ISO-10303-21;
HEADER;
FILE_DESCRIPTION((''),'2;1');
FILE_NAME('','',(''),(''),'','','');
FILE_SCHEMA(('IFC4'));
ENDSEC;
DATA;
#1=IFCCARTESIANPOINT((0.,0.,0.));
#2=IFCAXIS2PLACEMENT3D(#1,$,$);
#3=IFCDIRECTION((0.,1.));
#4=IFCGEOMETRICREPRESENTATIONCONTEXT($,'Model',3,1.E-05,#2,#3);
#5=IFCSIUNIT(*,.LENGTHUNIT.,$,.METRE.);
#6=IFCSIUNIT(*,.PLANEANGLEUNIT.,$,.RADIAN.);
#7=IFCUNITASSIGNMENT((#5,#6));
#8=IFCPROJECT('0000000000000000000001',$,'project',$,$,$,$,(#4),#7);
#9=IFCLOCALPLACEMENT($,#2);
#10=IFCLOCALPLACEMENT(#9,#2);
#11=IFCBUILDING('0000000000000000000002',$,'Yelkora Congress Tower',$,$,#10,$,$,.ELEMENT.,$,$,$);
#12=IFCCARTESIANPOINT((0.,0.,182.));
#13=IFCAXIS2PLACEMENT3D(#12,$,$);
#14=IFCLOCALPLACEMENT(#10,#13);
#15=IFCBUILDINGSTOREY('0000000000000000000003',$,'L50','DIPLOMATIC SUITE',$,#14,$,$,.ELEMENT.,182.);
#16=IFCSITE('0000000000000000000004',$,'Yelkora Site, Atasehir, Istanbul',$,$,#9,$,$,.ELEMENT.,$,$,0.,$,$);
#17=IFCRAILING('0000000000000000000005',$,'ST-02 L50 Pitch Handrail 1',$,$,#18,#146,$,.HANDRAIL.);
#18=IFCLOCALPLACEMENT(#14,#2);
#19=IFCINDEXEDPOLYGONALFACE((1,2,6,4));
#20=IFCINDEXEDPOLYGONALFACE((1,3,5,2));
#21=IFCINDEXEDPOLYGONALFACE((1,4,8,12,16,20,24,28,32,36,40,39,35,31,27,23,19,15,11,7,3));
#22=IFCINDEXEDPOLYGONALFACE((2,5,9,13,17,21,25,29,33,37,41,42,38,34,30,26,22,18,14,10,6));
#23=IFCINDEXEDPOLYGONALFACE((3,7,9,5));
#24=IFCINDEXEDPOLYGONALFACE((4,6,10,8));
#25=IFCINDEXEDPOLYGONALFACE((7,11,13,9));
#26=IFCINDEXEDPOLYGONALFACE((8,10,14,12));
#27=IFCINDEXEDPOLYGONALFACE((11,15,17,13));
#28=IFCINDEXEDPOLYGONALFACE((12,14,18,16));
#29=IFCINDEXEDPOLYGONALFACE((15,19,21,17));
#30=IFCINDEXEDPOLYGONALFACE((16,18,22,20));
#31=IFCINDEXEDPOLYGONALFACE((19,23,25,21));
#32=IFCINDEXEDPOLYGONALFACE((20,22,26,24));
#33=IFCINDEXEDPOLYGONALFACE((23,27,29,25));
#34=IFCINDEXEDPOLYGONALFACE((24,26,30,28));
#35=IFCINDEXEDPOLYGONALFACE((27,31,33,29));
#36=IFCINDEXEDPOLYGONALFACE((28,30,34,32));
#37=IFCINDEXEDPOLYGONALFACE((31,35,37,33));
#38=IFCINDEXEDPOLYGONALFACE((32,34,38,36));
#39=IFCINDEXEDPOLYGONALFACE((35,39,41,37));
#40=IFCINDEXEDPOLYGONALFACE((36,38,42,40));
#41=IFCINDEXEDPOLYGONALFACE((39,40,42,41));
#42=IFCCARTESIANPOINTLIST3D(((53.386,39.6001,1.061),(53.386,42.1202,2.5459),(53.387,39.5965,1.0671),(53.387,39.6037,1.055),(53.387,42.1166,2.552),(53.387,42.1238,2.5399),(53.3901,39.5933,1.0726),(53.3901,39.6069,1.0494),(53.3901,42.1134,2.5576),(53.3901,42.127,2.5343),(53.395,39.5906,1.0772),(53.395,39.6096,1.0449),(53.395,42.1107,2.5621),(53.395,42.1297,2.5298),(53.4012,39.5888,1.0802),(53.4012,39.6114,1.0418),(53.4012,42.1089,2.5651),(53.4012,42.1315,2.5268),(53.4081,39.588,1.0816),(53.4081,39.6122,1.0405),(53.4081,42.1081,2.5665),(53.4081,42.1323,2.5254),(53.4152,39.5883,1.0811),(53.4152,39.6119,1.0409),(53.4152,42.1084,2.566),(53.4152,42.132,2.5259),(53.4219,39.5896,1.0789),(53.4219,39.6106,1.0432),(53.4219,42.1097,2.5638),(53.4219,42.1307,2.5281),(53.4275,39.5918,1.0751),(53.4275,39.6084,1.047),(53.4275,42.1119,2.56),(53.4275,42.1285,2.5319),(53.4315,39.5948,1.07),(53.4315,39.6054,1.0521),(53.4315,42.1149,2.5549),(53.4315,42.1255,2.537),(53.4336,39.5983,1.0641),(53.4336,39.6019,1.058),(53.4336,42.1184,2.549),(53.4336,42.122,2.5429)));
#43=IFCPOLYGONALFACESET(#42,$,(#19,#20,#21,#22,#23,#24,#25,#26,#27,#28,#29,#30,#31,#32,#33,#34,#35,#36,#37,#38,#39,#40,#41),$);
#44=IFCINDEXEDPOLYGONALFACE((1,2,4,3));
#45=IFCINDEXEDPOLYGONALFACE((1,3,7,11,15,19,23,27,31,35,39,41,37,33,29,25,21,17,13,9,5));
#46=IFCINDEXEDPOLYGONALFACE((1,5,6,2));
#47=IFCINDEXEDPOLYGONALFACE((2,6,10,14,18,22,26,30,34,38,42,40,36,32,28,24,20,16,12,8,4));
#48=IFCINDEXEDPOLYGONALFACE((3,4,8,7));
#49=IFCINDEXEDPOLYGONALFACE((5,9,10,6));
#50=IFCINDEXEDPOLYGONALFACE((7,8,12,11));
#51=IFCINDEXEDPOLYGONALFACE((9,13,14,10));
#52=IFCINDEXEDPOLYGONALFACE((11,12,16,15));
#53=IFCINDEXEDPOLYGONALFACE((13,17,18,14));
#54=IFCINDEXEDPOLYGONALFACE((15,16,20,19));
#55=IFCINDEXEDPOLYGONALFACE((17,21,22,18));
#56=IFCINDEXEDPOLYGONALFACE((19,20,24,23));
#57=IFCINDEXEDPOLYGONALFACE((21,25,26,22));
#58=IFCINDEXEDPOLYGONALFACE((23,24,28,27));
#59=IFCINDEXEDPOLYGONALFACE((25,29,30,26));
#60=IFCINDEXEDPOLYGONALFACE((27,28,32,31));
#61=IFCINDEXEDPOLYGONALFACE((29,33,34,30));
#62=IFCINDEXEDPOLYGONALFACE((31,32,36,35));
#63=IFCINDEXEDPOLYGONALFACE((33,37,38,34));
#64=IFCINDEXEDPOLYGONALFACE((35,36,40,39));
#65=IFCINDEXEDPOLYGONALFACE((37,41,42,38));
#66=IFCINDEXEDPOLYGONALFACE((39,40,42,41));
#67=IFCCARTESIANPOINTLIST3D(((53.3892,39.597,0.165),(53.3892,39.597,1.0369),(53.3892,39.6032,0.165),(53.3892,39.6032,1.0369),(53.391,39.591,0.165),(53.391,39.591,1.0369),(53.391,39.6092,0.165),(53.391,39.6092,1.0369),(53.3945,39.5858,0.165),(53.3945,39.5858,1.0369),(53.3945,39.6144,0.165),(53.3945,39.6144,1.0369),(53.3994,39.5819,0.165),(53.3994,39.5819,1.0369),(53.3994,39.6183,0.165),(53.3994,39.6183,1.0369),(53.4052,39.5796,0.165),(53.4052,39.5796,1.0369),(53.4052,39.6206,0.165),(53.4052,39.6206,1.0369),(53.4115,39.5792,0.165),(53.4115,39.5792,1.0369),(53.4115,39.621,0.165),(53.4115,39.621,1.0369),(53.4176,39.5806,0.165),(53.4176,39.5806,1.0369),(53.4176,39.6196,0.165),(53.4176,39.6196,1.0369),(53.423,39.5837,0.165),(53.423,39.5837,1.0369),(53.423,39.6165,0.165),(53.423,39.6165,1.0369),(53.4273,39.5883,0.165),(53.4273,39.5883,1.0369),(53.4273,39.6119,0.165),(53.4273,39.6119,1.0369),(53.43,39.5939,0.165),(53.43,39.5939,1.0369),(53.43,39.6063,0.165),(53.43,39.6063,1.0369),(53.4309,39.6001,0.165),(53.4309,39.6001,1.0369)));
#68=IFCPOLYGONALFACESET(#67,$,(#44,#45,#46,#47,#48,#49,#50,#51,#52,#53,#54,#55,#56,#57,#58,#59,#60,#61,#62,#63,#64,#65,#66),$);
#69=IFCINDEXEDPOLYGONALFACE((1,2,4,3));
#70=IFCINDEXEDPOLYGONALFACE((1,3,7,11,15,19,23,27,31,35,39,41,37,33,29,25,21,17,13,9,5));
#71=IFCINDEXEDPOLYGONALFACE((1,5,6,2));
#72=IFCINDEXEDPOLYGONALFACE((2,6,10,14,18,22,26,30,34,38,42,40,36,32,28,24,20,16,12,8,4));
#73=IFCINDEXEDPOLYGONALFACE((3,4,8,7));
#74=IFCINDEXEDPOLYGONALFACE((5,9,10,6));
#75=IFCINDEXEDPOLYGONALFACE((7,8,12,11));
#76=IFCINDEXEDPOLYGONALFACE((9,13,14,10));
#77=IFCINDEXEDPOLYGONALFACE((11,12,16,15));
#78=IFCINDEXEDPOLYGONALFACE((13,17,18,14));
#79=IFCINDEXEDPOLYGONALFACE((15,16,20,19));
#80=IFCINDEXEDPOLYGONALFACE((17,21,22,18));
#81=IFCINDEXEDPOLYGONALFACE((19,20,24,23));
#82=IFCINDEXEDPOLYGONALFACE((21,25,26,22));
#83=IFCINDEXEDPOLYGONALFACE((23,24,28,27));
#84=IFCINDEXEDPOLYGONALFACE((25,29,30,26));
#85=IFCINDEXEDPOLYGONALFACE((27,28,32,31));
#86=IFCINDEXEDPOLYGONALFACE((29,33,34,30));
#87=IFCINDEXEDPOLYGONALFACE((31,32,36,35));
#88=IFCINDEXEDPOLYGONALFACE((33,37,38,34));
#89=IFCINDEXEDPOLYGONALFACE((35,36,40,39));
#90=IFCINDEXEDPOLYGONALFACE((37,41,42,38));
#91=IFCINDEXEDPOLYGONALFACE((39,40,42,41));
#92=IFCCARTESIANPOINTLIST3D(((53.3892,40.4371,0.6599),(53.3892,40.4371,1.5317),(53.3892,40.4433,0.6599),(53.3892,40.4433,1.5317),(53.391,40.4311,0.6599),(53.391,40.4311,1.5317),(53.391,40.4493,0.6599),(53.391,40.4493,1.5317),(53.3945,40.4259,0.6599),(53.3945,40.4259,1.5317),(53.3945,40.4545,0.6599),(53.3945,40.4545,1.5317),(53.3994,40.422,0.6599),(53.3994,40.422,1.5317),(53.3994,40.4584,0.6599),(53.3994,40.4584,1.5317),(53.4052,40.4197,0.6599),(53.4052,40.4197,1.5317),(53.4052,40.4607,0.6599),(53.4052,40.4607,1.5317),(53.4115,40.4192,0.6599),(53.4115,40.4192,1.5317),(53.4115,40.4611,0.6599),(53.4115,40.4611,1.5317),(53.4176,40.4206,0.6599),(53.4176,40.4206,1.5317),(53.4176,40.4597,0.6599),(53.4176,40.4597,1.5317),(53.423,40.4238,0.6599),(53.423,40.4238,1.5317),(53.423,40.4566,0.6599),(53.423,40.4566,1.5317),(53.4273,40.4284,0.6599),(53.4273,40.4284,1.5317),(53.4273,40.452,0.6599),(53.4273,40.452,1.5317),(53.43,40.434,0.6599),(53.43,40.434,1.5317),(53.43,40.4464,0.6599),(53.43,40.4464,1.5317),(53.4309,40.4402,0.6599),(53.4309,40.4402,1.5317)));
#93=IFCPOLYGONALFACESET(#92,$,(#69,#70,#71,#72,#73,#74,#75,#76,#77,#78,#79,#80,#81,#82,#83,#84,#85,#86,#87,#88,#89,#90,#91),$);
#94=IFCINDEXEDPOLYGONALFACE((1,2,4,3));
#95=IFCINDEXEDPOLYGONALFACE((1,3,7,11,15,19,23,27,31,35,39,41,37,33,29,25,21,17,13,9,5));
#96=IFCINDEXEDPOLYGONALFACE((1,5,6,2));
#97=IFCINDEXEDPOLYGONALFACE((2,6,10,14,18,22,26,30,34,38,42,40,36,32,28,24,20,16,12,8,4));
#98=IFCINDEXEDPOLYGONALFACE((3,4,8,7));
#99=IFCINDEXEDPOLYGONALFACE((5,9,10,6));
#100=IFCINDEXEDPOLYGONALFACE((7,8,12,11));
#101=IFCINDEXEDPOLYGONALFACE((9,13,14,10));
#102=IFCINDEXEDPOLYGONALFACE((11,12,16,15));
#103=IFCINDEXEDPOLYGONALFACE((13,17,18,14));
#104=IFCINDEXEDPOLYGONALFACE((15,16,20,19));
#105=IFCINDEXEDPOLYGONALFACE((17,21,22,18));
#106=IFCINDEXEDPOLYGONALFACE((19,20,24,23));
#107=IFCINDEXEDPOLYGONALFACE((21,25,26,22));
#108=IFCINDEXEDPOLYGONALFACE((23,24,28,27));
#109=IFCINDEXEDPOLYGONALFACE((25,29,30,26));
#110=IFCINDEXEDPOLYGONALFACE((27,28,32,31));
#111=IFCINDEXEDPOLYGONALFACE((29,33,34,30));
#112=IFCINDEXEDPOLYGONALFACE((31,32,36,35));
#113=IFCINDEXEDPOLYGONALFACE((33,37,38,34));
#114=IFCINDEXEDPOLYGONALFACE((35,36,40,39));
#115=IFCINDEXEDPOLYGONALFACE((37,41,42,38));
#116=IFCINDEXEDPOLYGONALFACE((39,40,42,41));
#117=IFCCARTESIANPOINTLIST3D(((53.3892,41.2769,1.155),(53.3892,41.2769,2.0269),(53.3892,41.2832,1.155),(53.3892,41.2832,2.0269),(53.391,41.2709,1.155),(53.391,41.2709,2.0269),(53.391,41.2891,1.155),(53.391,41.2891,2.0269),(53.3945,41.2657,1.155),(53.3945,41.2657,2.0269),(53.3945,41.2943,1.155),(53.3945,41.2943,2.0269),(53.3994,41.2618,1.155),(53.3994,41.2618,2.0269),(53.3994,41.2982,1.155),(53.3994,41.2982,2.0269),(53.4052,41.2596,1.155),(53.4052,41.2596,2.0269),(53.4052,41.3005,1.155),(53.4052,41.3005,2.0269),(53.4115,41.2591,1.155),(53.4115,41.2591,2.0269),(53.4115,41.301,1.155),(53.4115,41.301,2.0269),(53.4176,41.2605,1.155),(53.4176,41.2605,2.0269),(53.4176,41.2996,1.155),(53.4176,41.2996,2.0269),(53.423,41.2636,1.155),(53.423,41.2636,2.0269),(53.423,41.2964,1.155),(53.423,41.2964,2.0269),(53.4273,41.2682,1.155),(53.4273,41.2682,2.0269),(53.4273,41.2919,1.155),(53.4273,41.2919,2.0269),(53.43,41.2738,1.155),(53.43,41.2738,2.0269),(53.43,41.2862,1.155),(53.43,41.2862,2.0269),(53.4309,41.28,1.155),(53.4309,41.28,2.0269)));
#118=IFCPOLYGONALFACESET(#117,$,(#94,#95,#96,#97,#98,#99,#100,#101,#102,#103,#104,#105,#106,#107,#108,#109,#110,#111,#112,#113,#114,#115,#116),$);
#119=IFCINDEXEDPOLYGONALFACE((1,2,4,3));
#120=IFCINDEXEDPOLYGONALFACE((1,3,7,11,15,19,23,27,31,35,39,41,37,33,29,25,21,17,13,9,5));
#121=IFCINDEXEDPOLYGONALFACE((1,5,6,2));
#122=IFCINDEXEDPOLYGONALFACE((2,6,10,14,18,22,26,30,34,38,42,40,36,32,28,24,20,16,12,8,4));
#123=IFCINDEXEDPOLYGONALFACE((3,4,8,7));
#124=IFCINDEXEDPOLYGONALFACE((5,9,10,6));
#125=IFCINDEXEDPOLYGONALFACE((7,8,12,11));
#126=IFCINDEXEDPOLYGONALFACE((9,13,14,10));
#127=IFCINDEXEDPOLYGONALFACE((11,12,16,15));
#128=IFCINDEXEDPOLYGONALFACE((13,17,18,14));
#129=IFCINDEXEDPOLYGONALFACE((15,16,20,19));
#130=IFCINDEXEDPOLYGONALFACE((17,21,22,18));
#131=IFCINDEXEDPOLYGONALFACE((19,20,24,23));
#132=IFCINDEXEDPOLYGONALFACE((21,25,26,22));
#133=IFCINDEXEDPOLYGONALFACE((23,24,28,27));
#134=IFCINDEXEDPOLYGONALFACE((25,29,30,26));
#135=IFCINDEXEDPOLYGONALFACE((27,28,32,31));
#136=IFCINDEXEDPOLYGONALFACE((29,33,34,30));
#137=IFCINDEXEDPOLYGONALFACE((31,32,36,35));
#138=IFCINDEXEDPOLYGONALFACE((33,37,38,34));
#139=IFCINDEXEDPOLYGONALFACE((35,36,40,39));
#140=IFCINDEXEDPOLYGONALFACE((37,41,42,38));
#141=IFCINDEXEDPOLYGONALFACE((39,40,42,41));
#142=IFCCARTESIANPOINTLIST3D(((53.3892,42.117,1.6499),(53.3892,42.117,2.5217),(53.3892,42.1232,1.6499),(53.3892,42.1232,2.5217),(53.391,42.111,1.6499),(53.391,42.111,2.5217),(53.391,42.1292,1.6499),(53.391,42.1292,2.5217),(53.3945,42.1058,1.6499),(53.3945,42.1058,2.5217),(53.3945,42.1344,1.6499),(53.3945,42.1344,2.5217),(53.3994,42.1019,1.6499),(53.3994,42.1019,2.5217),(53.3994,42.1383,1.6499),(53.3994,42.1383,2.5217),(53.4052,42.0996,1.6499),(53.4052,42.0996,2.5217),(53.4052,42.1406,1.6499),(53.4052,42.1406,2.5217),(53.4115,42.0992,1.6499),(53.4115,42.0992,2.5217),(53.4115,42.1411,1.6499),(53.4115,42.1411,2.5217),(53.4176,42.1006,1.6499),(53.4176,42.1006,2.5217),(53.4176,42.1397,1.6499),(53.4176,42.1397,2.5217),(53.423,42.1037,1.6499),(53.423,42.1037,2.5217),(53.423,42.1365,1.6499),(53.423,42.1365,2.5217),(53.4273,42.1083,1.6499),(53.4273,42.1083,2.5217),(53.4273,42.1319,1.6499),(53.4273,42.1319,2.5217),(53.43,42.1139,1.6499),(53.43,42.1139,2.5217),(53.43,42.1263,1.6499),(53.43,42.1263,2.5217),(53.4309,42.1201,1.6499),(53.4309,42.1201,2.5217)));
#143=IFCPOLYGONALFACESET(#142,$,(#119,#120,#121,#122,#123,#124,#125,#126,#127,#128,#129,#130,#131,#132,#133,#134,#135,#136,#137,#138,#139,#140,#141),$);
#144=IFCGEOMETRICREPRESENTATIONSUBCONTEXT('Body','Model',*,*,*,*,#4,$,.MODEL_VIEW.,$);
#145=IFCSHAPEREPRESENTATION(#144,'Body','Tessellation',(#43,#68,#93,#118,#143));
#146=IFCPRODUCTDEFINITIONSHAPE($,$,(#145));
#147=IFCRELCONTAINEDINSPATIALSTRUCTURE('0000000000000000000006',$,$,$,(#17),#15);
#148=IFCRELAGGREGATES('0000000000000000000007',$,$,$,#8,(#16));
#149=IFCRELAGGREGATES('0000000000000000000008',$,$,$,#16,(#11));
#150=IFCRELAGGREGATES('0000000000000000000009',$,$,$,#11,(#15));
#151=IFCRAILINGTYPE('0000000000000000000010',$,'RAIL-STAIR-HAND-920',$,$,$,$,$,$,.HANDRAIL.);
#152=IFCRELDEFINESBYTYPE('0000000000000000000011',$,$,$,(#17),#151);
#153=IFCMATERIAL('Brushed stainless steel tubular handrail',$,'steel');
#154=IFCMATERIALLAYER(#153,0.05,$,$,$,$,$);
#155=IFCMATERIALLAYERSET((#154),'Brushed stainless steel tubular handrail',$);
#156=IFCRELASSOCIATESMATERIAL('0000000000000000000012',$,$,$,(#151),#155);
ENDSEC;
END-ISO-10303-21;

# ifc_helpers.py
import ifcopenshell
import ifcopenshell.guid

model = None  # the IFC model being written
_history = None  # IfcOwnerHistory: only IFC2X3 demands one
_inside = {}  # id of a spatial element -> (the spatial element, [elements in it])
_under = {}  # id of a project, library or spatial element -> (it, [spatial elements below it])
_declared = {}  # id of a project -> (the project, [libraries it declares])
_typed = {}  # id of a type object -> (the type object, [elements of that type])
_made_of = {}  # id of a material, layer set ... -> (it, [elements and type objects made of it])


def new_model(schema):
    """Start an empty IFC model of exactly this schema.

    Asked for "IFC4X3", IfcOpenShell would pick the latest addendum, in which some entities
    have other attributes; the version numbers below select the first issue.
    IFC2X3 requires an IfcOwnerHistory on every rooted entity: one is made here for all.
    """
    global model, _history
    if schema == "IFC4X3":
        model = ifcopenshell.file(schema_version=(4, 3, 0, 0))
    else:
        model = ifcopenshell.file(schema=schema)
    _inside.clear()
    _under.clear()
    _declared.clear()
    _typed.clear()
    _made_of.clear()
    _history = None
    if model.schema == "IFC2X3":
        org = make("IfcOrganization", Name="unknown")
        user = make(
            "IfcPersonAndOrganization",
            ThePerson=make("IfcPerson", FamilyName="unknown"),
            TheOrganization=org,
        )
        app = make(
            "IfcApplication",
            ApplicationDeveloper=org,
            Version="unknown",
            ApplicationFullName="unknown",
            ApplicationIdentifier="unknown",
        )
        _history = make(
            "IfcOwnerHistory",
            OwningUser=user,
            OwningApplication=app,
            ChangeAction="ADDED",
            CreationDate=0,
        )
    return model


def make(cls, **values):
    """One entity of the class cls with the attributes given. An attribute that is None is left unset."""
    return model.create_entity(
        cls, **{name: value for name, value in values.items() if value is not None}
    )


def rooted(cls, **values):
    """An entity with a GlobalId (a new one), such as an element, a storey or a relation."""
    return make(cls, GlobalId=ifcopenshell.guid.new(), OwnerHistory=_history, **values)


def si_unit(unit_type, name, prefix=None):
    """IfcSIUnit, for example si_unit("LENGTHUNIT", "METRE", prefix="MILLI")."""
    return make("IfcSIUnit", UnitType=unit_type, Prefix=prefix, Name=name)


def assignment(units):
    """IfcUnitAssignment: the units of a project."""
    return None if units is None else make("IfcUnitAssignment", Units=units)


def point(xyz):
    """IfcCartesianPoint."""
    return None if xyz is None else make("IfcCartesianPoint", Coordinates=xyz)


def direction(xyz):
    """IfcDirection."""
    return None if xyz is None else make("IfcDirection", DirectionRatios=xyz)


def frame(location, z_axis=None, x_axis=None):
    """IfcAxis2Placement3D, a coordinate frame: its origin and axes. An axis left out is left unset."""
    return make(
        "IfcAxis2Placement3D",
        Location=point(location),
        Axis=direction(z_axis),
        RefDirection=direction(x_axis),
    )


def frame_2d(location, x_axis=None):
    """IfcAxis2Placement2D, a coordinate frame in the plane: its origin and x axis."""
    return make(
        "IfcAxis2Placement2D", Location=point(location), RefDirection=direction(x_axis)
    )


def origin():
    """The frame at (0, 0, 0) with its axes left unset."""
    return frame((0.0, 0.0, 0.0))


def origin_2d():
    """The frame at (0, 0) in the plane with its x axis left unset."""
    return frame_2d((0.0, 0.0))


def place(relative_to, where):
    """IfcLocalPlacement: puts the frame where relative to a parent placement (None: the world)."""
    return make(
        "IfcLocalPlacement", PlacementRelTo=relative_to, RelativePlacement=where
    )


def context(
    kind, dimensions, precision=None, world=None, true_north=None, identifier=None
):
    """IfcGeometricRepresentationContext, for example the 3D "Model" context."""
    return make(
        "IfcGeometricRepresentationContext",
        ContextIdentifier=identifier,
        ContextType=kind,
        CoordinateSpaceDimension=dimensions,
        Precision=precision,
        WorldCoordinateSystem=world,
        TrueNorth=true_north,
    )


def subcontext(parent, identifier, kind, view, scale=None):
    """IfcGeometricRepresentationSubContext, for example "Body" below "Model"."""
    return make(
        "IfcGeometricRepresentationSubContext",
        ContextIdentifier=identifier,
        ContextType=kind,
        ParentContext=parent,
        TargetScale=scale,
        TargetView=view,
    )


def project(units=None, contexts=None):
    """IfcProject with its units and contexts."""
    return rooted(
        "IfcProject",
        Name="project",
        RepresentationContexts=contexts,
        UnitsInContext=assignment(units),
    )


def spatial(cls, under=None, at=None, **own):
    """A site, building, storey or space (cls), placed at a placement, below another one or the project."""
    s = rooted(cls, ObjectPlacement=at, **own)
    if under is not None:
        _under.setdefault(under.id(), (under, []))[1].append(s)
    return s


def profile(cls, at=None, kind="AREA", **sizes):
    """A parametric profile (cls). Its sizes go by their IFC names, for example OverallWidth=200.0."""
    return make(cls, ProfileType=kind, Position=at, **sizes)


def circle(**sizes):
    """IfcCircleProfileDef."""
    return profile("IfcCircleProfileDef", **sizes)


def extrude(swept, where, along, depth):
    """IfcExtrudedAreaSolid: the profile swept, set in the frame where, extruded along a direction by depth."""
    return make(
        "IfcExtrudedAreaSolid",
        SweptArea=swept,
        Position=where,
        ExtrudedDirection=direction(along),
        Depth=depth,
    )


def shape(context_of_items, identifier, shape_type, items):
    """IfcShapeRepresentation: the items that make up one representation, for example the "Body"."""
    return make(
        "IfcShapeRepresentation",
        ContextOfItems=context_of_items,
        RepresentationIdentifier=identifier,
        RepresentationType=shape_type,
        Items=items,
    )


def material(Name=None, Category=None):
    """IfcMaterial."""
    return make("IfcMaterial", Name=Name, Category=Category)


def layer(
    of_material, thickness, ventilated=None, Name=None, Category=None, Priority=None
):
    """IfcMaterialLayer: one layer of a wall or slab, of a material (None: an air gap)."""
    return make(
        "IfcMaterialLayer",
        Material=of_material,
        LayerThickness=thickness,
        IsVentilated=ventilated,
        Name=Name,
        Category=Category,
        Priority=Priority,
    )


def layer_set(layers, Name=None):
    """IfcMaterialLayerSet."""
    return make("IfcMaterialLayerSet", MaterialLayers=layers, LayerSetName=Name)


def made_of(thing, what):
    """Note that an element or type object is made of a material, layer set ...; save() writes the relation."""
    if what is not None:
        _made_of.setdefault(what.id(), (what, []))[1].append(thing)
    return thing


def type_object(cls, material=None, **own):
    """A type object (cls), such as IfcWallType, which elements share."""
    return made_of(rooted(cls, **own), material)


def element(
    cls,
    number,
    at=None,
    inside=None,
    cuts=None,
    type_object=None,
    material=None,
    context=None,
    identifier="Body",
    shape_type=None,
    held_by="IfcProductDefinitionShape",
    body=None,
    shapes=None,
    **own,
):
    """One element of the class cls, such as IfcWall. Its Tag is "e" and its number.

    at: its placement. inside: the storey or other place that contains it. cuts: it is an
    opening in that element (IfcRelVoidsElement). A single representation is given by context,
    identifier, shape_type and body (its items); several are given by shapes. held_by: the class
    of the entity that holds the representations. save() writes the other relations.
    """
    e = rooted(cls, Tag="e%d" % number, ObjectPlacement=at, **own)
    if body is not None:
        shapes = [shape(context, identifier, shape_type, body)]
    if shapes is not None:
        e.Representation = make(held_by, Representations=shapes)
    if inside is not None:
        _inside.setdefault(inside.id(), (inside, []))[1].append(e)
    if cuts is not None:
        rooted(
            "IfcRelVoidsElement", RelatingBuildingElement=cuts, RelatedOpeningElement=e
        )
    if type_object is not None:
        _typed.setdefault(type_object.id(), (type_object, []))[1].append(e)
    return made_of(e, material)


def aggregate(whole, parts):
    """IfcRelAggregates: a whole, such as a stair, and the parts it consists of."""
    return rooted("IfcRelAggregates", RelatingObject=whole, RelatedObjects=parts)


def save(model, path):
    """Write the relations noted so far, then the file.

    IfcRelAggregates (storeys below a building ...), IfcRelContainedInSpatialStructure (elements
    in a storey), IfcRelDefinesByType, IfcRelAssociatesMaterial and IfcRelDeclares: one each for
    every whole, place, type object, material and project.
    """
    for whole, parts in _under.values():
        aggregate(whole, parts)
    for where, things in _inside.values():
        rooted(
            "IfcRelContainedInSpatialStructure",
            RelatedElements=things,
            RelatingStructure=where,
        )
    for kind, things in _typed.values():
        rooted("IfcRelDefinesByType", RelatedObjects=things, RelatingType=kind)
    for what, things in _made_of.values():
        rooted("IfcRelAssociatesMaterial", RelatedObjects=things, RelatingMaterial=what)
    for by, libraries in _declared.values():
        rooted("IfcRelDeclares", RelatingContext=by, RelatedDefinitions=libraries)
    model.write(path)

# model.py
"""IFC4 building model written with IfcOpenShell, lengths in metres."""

from ifc_helpers import new_model, si_unit, direction, frame, origin, origin_2d, place, context, subcontext, project, spatial, circle, extrude, material, layer, layer_set, type_object, element, save


model = new_model("IFC4")

# Units and contexts
model_context = context("Model", 3, precision=1e-05, world=origin(), true_north=direction((0.0, 1.0)))
body_context = subcontext(model_context, "Body", "Model", "MODEL_VIEW")
ifc_project = project(units=[si_unit("LENGTHUNIT", "METRE"), si_unit("PLANEANGLEUNIT", "RADIAN")], contexts=[model_context])

# Site, building, storey
site_placement = place(None, origin())
site = spatial("IfcSite", under=ifc_project, at=site_placement, Name="Yelkora Site, Atasehir, Istanbul", CompositionType="ELEMENT", RefElevation=0.0)
building_placement = place(site_placement, origin())
building = spatial("IfcBuilding", under=site, at=building_placement, Name="Yelkora Congress Tower", CompositionType="ELEMENT")
storey_placement = place(building_placement, frame((0.0, 0.0, 182.0)))
storey = spatial("IfcBuildingStorey", under=building, at=storey_placement, Name="L50", Description="DIPLOMATIC SUITE", CompositionType="ELEMENT", Elevation=182.0)

# Railing
ifc_material_1 = material(Name="Brushed stainless steel tubular handrail", Category="steel")
ifc_layer_1 = layer(ifc_material_1, 0.05)
ifc_layer_set_1 = layer_set([ifc_layer_1], Name="Brushed stainless steel tubular handrail")
railing_type_1 = type_object("IfcRailingType", Name="RAIL-STAIR-HAND-920", PredefinedType="HANDRAIL", material=ifc_layer_set_1)
railing_1_placement = place(storey_placement, frame((53.4099, 39.6001, 0.165)))
element("IfcRailing", 1, at=railing_1_placement, inside=storey, type_object=railing_type_1, Name="ST-02 L50 Pitch Handrail 1", PredefinedType="HANDRAIL", context=body_context, shape_type="SweptSolid", body=[
    extrude(circle(Radius=0.0239, at=origin_2d()), frame((0.0, 0.0, 0.896), z_axis=(0.0, 0.861561, 0.507655), x_axis=(-1.0, 0.0, 0.0)), (0.0, 0.0, 1.0), 2.925),
    extrude(circle(Radius=0.021, at=origin_2d()), origin(), (0.0, 0.0, 1.0), 0.8718),
    extrude(circle(Radius=0.021, at=origin_2d()), frame((0.0, 0.8401, 0.4949)), (0.0, 0.0, 1.0), 0.8718),
    extrude(circle(Radius=0.021, at=origin_2d()), frame((0.0, 1.6799, 0.99)), (0.0, 0.0, 1.0), 0.8718),
    extrude(circle(Radius=0.021, at=origin_2d()), frame((0.0, 2.52, 1.4849)), (0.0, 0.0, 1.0), 0.8718),
])

save(model, "model.ifc")
